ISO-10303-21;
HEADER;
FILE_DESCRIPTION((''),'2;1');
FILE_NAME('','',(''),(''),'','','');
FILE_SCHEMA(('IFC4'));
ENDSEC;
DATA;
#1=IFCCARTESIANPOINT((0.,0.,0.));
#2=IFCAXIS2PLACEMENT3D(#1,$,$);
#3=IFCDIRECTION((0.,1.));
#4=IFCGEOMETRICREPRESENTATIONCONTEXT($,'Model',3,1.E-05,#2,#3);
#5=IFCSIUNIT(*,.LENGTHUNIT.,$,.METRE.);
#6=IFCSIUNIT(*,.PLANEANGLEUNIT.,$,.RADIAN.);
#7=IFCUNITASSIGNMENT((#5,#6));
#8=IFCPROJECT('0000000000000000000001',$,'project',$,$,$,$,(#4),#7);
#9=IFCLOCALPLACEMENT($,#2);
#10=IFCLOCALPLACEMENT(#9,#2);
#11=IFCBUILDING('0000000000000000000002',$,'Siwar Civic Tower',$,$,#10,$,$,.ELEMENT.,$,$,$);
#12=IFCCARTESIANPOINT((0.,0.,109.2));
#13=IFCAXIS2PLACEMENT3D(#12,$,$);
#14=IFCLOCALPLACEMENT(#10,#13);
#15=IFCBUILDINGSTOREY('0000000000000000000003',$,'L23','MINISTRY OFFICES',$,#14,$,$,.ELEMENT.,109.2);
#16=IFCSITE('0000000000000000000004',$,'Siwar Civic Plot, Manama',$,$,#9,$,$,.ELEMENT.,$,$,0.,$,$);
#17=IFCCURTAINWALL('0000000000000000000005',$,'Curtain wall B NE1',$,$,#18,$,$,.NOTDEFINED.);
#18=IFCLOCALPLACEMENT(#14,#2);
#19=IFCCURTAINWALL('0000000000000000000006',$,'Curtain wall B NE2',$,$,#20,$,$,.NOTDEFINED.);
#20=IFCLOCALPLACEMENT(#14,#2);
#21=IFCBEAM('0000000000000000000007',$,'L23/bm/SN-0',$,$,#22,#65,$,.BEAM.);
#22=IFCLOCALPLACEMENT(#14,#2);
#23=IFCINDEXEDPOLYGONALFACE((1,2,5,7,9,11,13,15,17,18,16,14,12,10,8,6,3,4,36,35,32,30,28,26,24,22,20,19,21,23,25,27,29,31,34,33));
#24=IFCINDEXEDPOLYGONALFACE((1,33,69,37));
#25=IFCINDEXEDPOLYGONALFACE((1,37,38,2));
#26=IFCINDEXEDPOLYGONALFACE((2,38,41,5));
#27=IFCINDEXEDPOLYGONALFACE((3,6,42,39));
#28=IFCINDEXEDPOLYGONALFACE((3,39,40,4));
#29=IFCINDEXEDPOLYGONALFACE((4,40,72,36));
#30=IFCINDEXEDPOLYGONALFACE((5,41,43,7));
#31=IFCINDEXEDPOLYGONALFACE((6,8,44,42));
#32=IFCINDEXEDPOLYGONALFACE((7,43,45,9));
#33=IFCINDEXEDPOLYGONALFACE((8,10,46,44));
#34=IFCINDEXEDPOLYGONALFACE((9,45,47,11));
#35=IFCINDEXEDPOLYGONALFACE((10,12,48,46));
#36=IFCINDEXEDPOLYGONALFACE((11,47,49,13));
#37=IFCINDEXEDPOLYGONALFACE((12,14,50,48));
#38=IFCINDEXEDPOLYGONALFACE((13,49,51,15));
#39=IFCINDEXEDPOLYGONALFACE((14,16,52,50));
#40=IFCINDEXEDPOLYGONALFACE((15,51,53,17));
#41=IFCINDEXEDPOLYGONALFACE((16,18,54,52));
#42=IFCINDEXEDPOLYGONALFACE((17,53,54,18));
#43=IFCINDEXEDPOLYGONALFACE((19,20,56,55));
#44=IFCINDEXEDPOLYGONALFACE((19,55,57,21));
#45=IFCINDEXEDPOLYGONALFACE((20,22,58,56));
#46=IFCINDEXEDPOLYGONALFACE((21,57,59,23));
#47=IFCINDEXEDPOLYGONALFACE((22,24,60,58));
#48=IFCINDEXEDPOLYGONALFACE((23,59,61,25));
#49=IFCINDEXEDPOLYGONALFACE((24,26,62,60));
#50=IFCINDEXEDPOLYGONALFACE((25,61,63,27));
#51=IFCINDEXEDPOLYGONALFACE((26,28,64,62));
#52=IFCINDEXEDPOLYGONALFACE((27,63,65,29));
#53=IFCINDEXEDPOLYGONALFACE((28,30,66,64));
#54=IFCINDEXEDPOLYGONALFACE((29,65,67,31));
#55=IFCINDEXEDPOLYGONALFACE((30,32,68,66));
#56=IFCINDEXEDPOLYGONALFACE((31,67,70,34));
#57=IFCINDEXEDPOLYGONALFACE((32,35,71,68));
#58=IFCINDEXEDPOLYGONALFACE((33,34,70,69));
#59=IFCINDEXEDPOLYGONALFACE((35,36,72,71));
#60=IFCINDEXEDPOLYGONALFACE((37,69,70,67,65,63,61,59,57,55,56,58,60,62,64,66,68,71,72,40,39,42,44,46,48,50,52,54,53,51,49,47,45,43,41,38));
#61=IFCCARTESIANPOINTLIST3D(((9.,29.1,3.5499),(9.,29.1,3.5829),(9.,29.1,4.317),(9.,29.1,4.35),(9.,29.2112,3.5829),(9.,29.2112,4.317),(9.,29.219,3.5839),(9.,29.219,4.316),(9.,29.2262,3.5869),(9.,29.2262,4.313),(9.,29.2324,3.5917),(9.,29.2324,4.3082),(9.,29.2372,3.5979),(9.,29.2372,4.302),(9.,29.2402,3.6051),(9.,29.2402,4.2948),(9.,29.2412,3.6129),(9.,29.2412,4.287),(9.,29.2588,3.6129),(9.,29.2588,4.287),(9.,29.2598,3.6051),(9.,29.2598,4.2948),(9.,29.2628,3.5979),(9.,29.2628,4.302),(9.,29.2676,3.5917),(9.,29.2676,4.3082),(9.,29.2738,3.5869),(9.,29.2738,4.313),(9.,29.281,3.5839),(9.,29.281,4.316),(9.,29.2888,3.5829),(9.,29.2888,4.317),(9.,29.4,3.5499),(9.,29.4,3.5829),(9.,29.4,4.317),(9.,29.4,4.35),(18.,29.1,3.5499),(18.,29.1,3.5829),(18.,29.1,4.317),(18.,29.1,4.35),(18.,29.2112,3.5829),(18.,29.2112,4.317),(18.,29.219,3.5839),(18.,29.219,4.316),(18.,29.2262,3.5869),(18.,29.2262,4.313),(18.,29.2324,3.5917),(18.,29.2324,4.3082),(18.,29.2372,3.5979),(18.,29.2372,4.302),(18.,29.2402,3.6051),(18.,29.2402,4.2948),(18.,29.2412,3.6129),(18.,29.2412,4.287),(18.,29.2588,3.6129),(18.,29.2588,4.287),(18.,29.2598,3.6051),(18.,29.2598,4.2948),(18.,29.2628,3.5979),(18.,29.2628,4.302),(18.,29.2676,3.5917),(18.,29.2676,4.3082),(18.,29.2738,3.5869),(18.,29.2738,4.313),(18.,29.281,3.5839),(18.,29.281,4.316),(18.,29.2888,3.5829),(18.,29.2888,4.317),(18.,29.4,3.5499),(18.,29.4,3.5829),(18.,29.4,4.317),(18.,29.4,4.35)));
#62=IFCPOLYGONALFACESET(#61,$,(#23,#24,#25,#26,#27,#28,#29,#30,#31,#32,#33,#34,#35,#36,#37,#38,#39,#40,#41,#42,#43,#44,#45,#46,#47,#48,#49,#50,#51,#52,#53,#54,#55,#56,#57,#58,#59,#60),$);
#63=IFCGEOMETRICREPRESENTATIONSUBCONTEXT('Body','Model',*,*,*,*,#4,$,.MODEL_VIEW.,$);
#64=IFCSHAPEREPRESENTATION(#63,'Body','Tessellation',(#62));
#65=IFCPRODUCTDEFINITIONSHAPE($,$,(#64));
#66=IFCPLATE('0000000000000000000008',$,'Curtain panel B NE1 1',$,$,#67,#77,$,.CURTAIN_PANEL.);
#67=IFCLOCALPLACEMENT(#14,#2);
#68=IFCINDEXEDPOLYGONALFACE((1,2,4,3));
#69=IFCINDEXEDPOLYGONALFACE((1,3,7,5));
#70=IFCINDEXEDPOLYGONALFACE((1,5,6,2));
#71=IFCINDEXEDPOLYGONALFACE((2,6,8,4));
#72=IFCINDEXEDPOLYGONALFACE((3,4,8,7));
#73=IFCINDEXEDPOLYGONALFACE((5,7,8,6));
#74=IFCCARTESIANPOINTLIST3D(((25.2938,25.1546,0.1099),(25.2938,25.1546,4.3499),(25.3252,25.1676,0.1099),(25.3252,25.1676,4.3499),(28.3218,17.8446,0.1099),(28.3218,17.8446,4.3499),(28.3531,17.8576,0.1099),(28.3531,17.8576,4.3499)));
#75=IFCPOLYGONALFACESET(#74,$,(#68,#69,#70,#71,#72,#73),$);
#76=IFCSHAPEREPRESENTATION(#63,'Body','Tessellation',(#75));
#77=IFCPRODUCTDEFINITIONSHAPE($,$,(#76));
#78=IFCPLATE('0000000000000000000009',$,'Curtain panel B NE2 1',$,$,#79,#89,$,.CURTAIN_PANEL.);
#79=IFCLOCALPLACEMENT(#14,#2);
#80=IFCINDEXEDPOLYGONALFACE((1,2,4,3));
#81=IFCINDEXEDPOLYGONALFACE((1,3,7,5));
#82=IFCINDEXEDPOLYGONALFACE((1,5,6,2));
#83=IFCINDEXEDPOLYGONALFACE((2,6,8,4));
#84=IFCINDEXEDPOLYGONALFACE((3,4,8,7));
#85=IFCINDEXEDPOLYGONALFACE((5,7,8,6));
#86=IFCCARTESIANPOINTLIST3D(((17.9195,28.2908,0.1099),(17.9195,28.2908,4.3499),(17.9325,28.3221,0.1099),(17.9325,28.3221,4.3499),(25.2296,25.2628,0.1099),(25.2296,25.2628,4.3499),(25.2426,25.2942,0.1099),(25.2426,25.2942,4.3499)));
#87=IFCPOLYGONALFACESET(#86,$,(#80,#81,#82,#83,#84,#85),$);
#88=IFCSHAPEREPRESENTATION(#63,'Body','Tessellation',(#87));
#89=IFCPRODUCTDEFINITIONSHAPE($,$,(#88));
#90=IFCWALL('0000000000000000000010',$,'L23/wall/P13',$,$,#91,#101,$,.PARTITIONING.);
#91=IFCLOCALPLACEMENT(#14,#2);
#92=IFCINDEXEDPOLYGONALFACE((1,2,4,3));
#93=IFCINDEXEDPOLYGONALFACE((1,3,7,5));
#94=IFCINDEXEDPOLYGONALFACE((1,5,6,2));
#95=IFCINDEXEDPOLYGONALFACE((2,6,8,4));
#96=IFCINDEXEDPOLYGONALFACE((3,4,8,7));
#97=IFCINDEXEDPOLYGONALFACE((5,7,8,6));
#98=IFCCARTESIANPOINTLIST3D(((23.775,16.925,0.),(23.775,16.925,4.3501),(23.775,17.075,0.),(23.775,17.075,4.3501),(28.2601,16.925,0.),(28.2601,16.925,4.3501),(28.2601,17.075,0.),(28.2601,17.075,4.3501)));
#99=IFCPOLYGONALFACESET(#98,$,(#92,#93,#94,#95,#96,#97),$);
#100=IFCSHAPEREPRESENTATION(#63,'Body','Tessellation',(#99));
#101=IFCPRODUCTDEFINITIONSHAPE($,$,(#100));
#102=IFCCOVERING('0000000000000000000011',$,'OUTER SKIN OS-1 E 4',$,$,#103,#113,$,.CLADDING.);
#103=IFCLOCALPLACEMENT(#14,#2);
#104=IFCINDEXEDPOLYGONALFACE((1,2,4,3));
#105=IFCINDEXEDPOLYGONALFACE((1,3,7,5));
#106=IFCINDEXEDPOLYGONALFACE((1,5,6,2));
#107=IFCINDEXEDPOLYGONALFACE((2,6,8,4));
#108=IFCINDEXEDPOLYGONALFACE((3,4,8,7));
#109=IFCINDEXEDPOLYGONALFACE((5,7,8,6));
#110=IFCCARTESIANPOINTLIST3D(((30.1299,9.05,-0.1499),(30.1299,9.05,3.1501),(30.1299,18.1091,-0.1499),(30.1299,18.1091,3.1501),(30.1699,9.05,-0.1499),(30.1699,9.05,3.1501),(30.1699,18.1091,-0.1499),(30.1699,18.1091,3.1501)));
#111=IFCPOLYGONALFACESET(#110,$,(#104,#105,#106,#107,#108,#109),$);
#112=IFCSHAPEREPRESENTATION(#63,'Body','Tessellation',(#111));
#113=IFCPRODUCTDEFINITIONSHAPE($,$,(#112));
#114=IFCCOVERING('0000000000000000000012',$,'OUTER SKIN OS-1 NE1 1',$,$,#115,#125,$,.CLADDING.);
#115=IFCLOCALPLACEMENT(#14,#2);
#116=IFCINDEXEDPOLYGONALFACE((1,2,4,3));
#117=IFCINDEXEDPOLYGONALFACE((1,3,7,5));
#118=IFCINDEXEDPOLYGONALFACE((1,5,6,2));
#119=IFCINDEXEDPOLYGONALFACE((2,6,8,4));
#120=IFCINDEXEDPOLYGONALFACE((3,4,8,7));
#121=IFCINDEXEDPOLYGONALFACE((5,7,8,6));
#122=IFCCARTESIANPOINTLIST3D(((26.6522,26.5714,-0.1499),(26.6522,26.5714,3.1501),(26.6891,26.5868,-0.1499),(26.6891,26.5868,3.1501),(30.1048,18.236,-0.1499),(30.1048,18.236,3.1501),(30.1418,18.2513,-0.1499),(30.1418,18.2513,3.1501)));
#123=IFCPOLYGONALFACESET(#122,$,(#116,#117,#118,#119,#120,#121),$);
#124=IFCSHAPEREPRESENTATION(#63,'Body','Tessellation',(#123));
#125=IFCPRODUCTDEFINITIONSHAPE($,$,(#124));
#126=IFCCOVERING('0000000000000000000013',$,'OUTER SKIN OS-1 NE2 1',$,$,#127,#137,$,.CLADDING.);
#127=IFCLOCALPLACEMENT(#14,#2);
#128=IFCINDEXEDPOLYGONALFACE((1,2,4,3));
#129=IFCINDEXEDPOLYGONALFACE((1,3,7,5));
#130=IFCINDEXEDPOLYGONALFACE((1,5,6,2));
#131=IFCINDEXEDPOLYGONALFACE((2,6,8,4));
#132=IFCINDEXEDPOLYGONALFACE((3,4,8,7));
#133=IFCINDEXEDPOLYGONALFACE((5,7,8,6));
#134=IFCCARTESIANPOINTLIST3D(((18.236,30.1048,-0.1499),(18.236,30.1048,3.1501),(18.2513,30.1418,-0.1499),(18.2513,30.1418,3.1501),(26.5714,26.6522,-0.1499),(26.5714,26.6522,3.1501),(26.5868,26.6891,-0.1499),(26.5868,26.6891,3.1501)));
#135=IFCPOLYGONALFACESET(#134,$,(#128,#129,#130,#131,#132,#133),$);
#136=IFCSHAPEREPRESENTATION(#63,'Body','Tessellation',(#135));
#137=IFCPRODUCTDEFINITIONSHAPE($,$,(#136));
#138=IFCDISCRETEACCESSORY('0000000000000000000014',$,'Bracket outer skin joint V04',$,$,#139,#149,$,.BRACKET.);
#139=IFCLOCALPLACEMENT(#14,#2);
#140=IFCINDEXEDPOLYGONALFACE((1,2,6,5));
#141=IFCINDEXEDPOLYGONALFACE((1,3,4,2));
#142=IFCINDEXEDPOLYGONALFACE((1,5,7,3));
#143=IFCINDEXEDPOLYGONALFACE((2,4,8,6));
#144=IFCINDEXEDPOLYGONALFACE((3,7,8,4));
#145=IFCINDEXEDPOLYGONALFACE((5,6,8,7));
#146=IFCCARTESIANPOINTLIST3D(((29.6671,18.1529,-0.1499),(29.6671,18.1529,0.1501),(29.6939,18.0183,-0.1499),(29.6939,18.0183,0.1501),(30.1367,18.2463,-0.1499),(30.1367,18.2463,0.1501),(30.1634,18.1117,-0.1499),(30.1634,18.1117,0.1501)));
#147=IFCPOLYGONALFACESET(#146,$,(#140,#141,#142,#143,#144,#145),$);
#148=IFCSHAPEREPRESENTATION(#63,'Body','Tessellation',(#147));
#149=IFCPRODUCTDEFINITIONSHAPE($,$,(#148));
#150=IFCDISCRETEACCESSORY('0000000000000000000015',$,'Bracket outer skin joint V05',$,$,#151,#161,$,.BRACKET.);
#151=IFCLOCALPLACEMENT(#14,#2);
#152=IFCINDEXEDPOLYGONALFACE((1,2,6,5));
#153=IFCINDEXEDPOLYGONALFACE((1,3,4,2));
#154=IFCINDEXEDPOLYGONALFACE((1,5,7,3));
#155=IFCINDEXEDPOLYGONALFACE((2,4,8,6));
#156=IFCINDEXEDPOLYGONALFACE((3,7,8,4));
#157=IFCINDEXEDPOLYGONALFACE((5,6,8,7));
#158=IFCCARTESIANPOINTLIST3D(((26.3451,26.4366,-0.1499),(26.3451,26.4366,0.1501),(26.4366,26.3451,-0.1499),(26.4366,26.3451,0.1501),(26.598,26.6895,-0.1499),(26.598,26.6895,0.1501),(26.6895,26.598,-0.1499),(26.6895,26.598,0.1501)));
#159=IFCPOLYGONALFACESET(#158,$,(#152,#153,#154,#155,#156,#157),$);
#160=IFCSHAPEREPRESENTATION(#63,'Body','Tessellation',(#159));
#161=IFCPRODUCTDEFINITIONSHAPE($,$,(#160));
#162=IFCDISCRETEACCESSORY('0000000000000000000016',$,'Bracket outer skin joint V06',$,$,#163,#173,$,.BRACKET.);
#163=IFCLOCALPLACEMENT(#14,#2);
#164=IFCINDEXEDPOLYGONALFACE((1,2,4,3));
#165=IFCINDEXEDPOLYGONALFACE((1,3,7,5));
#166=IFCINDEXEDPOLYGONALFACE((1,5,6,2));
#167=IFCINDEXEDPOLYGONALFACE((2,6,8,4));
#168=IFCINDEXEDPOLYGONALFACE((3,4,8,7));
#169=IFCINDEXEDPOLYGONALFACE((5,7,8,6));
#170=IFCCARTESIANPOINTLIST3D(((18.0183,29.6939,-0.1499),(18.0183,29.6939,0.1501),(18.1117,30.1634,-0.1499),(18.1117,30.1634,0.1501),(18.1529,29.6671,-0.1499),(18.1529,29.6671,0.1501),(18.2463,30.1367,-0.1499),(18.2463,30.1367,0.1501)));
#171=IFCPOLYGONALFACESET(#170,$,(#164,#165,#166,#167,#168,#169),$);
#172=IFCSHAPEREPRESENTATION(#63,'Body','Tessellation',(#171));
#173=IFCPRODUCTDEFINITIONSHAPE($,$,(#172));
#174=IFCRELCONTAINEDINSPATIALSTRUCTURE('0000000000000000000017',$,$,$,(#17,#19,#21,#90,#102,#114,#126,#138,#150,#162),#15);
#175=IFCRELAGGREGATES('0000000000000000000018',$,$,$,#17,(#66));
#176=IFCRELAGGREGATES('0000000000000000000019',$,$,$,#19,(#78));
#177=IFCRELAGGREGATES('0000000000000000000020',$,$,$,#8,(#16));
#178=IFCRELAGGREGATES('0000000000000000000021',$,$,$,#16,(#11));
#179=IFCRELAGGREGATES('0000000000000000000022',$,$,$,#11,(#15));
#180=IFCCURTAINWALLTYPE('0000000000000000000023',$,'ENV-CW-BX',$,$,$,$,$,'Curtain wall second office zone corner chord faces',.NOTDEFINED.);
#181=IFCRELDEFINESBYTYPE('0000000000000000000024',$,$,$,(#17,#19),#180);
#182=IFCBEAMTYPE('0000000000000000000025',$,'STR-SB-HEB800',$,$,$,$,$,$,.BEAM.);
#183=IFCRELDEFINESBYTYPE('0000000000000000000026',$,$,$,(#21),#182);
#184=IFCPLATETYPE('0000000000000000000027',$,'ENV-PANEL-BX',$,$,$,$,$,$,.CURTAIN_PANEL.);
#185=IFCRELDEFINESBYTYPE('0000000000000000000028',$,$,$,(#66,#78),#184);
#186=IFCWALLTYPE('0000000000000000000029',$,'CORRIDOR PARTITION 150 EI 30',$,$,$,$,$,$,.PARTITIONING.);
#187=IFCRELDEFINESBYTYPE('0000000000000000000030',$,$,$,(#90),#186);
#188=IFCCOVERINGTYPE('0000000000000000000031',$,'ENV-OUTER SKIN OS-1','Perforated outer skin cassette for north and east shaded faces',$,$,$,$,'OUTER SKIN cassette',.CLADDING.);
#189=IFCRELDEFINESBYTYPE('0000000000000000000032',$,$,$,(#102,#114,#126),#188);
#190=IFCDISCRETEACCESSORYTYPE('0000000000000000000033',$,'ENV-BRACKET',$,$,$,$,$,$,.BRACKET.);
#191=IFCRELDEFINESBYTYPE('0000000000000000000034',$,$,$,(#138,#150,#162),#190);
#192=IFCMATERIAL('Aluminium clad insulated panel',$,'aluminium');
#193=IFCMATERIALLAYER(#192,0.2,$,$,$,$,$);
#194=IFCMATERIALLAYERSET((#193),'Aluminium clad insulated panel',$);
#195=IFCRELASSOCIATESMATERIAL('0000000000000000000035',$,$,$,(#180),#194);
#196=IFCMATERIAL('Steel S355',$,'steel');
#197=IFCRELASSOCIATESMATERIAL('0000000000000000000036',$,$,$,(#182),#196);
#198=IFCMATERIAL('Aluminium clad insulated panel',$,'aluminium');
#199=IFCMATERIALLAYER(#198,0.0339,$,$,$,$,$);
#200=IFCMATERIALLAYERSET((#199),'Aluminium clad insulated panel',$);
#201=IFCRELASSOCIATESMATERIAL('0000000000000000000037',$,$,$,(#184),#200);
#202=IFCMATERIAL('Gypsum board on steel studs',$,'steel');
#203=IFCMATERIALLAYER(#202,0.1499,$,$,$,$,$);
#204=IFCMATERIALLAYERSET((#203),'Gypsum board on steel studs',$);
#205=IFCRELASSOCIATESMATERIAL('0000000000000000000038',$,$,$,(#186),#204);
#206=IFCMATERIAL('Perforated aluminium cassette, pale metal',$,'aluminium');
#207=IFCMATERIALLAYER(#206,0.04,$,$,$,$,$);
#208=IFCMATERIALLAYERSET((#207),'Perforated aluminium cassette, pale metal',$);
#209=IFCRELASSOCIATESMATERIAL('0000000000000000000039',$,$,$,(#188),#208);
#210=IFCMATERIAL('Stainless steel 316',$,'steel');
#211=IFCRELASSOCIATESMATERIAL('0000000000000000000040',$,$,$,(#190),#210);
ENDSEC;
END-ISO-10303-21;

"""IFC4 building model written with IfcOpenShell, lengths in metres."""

from ifc_helpers import new_model, si_unit, direction, frame, frame_2d, origin, origin_2d, place, context, subcontext, project, spatial, rectangle, i_section, extrude, material, layer, layer_set, material_profile, profile_set, type_object, element, aggregate, save


model = new_model("IFC4")

# Units and contexts
model_context = context("Model", 3, precision=1e-05, world=origin(), true_north=direction((0.0, 1.0)))
body_context = subcontext(model_context, "Body", "Model", "MODEL_VIEW")
ifc_project = project(units=[si_unit("LENGTHUNIT", "METRE"), si_unit("PLANEANGLEUNIT", "RADIAN")], contexts=[model_context])

# Site, building, storey
site_placement = place(None, origin())
site = spatial("IfcSite", under=ifc_project, at=site_placement, Name="Siwar Civic Plot, Manama", CompositionType="ELEMENT", RefElevation=0.0)
building_placement = place(site_placement, origin())
building = spatial("IfcBuilding", under=site, at=building_placement, Name="Siwar Civic Tower", CompositionType="ELEMENT")
storey_placement = place(building_placement, frame((0.0, 0.0, 109.2)))
storey = spatial("IfcBuildingStorey", under=building, at=storey_placement, Name="L23", Description="MINISTRY OFFICES", CompositionType="ELEMENT", Elevation=109.2)

# Curtain walls
ifc_material_1 = material(Name="Aluminium clad insulated panel", Category="aluminium")
ifc_layer_1 = layer(ifc_material_1, 0.2)
ifc_layer_set_1 = layer_set([ifc_layer_1], Name="Aluminium clad insulated panel")
curtain_wall_type = type_object("IfcCurtainWallType", Name="ENV-CW-BX", ElementType="Curtain wall second office zone corner chord faces", PredefinedType="NOTDEFINED", material=ifc_layer_set_1)
curtain_wall_1_placement = place(storey_placement, origin())
curtain_wall_1 = element("IfcCurtainWall", 1, at=curtain_wall_1_placement, inside=storey, type_object=curtain_wall_type, Name="Curtain wall B NE1", PredefinedType="NOTDEFINED")
curtain_wall_2_placement = place(storey_placement, origin())
curtain_wall_2 = element("IfcCurtainWall", 2, at=curtain_wall_2_placement, inside=storey, type_object=curtain_wall_type, Name="Curtain wall B NE2", PredefinedType="NOTDEFINED")

# Beam
ifc_material_2 = material(Name="Steel S355", Category="steel")
ifc_material_profile_1 = material_profile(ifc_material_2, i_section(OverallWidth=0.3, OverallDepth=0.8, WebThickness=0.0176, FlangeThickness=0.033, FilletRadius=0.03, at=origin_2d()), Name="HEB800")
ifc_profile_set_1 = profile_set([ifc_material_profile_1], Name="Steel S355")
beam_type_1 = type_object("IfcBeamType", Name="STR-SB-HEB800", PredefinedType="BEAM", material=ifc_profile_set_1)
beam_1_placement = place(storey_placement, frame((18.0, 29.25, 3.95), z_axis=(-1.0, 0.0, 0.0), x_axis=(0.0, -1.0, 0.0)))
element("IfcBeam", 3, at=beam_1_placement, inside=storey, type_object=beam_type_1, Name="L23/bm/SN-0", PredefinedType="BEAM", context=body_context, shape_type="SweptSolid", body=[
    extrude(i_section(OverallWidth=0.3, OverallDepth=0.8, WebThickness=0.0176, FlangeThickness=0.033, FilletRadius=0.03, at=origin_2d()), origin(), (0.0, 0.0, 1.0), 9.0),
])

# Plates
ifc_material_3 = material(Name="Aluminium clad insulated panel", Category="aluminium")
ifc_layer_2 = layer(ifc_material_3, 0.0339)
ifc_layer_set_2 = layer_set([ifc_layer_2], Name="Aluminium clad insulated panel")
plate_type = type_object("IfcPlateType", Name="ENV-PANEL-BX", PredefinedType="CURTAIN_PANEL", material=ifc_layer_set_2)
plate_1_placement = place(storey_placement, frame((26.8235, 21.5061, 0.1099), z_axis=(0.0, 0.0, 1.0), x_axis=(-0.382683, 0.92388, 0.0)))
plate_1 = element("IfcPlate", 4, at=plate_1_placement, type_object=plate_type, Name="Curtain panel B NE1 1", PredefinedType="CURTAIN_PANEL", context=body_context, shape_type="SweptSolid", body=[
    extrude(rectangle(XDim=7.9124, YDim=0.0339, at=origin_2d()), origin(), (0.0, 0.0, 1.0), 4.24),
])
aggregate(curtain_wall_1, [plate_1])
plate_2_placement = place(storey_placement, frame((21.5811, 26.7925, 0.1099), z_axis=(0.0, 0.0, 1.0), x_axis=(-0.92388, 0.382683, 0.0)))
plate_2 = element("IfcPlate", 5, at=plate_2_placement, type_object=plate_type, Name="Curtain panel B NE2 1", PredefinedType="CURTAIN_PANEL", context=body_context, shape_type="SweptSolid", body=[
    extrude(rectangle(XDim=7.9124, YDim=0.0339, at=origin_2d()), origin(), (0.0, 0.0, 1.0), 4.24),
])
aggregate(curtain_wall_2, [plate_2])

# Wall
ifc_material_4 = material(Name="Gypsum board on steel studs", Category="steel")
ifc_layer_3 = layer(ifc_material_4, 0.1499)
ifc_layer_set_3 = layer_set([ifc_layer_3], Name="Gypsum board on steel studs")
wall_type = type_object("IfcWallType", Name="CORRIDOR PARTITION 150 EI 30", PredefinedType="PARTITIONING", material=ifc_layer_set_3)
wall_placement = place(storey_placement, frame((23.7749, 17.0, 0.0), z_axis=(0.0, 0.0, 1.0), x_axis=(1.0, 0.0, 0.0)))
element("IfcWall", 6, at=wall_placement, inside=storey, type_object=wall_type, Name="L23/wall/P13", PredefinedType="PARTITIONING", context=body_context, shape_type="SweptSolid", body=[
    extrude(rectangle(XDim=4.4851, YDim=0.1499, at=frame_2d((2.2427, 0.0))), origin(), (0.0, 0.0, 1.0), 4.3501),
])

# Coverings
ifc_material_5 = material(Name="Perforated aluminium cassette, pale metal", Category="aluminium")
ifc_layer_4 = layer(ifc_material_5, 0.04)
ifc_layer_set_4 = layer_set([ifc_layer_4], Name="Perforated aluminium cassette, pale metal")
covering_type = type_object("IfcCoveringType", Name="ENV-OUTER SKIN OS-1", Description="Perforated outer skin cassette for north and east shaded faces", ElementType="OUTER SKIN cassette", PredefinedType="CLADDING", material=ifc_layer_set_4)
covering_placement = place(storey_placement, frame((30.1499, 13.5796, -0.1499), z_axis=(0.0, 0.0, 1.0), x_axis=(0.0, 1.0, 0.0)))
element("IfcCovering", 7, at=covering_placement, inside=storey, type_object=covering_type, Name="OUTER SKIN OS-1 E 4", PredefinedType="CLADDING", context=body_context, shape_type="SweptSolid", body=[
    extrude(rectangle(XDim=9.0591, YDim=0.04, at=origin_2d()), origin(), (0.0, 0.0, 1.0), 3.3),
])
for number, where, z_axis, x_axis, name in (
    (8, (28.397, 22.4114, -0.1499), (0.0, 0.0, 1.0), (-0.382683, 0.92388, 0.0), "OUTER SKIN OS-1 NE1 1"),
    (9, (22.4114, 28.397, -0.1499), (0.0, 0.0, 1.0), (-0.92388, 0.382683, 0.0), "OUTER SKIN OS-1 NE2 1"),
):
    element("IfcCovering", number, at=place(storey_placement, frame(where, z_axis=z_axis, x_axis=x_axis)), inside=storey, type_object=covering_type, Name=name, PredefinedType="CLADDING", context=body_context, shape_type="SweptSolid", body=[
        extrude(rectangle(XDim=9.0222, YDim=0.04, at=origin_2d()), origin(), (0.0, 0.0, 1.0), 3.3),
    ])

# Discrete accessories
ifc_material_6 = material(Name="Stainless steel 316", Category="steel")
discrete_accessory_type = type_object("IfcDiscreteAccessoryType", Name="ENV-BRACKET", PredefinedType="BRACKET", material=ifc_material_6)
discrete_accessory_1_placement = place(storey_placement, frame((29.9153, 18.1323, -0.1499), z_axis=(0.0, 0.0, 1.0), x_axis=(0.980785, 0.19509, 0.0)))
element("IfcDiscreteAccessory", 10, at=discrete_accessory_1_placement, inside=storey, type_object=discrete_accessory_type, Name="Bracket outer skin joint V04", PredefinedType="BRACKET", context=body_context, shape_type="SweptSolid", body=[
    extrude(rectangle(XDim=0.4788, YDim=0.1372, at=origin_2d()), origin(), (0.0, 0.0, 1.0), 0.3),
])
discrete_accessory_2_placement = place(storey_placement, frame((26.5173, 26.5173, -0.1499), z_axis=(0.0, 0.0, 1.0), x_axis=(0.707107, 0.707107, 0.0)))
element("IfcDiscreteAccessory", 11, at=discrete_accessory_2_placement, inside=storey, type_object=discrete_accessory_type, Name="Bracket outer skin joint V05", PredefinedType="BRACKET", context=body_context, shape_type="SweptSolid", body=[
    extrude(rectangle(XDim=0.3577, YDim=0.1294, at=origin_2d()), origin(), (0.0, 0.0, 1.0), 0.3),
])
discrete_accessory_3_placement = place(storey_placement, frame((18.1323, 29.9153, -0.1499), z_axis=(0.0, 0.0, 1.0), x_axis=(0.19509, 0.980785, 0.0)))
element("IfcDiscreteAccessory", 12, at=discrete_accessory_3_placement, inside=storey, type_object=discrete_accessory_type, Name="Bracket outer skin joint V06", PredefinedType="BRACKET", context=body_context, shape_type="SweptSolid", body=[
    extrude(rectangle(XDim=0.4788, YDim=0.1372, at=origin_2d()), origin(), (0.0, 0.0, 1.0), 0.3),
])

save(model, "model.ifc")
